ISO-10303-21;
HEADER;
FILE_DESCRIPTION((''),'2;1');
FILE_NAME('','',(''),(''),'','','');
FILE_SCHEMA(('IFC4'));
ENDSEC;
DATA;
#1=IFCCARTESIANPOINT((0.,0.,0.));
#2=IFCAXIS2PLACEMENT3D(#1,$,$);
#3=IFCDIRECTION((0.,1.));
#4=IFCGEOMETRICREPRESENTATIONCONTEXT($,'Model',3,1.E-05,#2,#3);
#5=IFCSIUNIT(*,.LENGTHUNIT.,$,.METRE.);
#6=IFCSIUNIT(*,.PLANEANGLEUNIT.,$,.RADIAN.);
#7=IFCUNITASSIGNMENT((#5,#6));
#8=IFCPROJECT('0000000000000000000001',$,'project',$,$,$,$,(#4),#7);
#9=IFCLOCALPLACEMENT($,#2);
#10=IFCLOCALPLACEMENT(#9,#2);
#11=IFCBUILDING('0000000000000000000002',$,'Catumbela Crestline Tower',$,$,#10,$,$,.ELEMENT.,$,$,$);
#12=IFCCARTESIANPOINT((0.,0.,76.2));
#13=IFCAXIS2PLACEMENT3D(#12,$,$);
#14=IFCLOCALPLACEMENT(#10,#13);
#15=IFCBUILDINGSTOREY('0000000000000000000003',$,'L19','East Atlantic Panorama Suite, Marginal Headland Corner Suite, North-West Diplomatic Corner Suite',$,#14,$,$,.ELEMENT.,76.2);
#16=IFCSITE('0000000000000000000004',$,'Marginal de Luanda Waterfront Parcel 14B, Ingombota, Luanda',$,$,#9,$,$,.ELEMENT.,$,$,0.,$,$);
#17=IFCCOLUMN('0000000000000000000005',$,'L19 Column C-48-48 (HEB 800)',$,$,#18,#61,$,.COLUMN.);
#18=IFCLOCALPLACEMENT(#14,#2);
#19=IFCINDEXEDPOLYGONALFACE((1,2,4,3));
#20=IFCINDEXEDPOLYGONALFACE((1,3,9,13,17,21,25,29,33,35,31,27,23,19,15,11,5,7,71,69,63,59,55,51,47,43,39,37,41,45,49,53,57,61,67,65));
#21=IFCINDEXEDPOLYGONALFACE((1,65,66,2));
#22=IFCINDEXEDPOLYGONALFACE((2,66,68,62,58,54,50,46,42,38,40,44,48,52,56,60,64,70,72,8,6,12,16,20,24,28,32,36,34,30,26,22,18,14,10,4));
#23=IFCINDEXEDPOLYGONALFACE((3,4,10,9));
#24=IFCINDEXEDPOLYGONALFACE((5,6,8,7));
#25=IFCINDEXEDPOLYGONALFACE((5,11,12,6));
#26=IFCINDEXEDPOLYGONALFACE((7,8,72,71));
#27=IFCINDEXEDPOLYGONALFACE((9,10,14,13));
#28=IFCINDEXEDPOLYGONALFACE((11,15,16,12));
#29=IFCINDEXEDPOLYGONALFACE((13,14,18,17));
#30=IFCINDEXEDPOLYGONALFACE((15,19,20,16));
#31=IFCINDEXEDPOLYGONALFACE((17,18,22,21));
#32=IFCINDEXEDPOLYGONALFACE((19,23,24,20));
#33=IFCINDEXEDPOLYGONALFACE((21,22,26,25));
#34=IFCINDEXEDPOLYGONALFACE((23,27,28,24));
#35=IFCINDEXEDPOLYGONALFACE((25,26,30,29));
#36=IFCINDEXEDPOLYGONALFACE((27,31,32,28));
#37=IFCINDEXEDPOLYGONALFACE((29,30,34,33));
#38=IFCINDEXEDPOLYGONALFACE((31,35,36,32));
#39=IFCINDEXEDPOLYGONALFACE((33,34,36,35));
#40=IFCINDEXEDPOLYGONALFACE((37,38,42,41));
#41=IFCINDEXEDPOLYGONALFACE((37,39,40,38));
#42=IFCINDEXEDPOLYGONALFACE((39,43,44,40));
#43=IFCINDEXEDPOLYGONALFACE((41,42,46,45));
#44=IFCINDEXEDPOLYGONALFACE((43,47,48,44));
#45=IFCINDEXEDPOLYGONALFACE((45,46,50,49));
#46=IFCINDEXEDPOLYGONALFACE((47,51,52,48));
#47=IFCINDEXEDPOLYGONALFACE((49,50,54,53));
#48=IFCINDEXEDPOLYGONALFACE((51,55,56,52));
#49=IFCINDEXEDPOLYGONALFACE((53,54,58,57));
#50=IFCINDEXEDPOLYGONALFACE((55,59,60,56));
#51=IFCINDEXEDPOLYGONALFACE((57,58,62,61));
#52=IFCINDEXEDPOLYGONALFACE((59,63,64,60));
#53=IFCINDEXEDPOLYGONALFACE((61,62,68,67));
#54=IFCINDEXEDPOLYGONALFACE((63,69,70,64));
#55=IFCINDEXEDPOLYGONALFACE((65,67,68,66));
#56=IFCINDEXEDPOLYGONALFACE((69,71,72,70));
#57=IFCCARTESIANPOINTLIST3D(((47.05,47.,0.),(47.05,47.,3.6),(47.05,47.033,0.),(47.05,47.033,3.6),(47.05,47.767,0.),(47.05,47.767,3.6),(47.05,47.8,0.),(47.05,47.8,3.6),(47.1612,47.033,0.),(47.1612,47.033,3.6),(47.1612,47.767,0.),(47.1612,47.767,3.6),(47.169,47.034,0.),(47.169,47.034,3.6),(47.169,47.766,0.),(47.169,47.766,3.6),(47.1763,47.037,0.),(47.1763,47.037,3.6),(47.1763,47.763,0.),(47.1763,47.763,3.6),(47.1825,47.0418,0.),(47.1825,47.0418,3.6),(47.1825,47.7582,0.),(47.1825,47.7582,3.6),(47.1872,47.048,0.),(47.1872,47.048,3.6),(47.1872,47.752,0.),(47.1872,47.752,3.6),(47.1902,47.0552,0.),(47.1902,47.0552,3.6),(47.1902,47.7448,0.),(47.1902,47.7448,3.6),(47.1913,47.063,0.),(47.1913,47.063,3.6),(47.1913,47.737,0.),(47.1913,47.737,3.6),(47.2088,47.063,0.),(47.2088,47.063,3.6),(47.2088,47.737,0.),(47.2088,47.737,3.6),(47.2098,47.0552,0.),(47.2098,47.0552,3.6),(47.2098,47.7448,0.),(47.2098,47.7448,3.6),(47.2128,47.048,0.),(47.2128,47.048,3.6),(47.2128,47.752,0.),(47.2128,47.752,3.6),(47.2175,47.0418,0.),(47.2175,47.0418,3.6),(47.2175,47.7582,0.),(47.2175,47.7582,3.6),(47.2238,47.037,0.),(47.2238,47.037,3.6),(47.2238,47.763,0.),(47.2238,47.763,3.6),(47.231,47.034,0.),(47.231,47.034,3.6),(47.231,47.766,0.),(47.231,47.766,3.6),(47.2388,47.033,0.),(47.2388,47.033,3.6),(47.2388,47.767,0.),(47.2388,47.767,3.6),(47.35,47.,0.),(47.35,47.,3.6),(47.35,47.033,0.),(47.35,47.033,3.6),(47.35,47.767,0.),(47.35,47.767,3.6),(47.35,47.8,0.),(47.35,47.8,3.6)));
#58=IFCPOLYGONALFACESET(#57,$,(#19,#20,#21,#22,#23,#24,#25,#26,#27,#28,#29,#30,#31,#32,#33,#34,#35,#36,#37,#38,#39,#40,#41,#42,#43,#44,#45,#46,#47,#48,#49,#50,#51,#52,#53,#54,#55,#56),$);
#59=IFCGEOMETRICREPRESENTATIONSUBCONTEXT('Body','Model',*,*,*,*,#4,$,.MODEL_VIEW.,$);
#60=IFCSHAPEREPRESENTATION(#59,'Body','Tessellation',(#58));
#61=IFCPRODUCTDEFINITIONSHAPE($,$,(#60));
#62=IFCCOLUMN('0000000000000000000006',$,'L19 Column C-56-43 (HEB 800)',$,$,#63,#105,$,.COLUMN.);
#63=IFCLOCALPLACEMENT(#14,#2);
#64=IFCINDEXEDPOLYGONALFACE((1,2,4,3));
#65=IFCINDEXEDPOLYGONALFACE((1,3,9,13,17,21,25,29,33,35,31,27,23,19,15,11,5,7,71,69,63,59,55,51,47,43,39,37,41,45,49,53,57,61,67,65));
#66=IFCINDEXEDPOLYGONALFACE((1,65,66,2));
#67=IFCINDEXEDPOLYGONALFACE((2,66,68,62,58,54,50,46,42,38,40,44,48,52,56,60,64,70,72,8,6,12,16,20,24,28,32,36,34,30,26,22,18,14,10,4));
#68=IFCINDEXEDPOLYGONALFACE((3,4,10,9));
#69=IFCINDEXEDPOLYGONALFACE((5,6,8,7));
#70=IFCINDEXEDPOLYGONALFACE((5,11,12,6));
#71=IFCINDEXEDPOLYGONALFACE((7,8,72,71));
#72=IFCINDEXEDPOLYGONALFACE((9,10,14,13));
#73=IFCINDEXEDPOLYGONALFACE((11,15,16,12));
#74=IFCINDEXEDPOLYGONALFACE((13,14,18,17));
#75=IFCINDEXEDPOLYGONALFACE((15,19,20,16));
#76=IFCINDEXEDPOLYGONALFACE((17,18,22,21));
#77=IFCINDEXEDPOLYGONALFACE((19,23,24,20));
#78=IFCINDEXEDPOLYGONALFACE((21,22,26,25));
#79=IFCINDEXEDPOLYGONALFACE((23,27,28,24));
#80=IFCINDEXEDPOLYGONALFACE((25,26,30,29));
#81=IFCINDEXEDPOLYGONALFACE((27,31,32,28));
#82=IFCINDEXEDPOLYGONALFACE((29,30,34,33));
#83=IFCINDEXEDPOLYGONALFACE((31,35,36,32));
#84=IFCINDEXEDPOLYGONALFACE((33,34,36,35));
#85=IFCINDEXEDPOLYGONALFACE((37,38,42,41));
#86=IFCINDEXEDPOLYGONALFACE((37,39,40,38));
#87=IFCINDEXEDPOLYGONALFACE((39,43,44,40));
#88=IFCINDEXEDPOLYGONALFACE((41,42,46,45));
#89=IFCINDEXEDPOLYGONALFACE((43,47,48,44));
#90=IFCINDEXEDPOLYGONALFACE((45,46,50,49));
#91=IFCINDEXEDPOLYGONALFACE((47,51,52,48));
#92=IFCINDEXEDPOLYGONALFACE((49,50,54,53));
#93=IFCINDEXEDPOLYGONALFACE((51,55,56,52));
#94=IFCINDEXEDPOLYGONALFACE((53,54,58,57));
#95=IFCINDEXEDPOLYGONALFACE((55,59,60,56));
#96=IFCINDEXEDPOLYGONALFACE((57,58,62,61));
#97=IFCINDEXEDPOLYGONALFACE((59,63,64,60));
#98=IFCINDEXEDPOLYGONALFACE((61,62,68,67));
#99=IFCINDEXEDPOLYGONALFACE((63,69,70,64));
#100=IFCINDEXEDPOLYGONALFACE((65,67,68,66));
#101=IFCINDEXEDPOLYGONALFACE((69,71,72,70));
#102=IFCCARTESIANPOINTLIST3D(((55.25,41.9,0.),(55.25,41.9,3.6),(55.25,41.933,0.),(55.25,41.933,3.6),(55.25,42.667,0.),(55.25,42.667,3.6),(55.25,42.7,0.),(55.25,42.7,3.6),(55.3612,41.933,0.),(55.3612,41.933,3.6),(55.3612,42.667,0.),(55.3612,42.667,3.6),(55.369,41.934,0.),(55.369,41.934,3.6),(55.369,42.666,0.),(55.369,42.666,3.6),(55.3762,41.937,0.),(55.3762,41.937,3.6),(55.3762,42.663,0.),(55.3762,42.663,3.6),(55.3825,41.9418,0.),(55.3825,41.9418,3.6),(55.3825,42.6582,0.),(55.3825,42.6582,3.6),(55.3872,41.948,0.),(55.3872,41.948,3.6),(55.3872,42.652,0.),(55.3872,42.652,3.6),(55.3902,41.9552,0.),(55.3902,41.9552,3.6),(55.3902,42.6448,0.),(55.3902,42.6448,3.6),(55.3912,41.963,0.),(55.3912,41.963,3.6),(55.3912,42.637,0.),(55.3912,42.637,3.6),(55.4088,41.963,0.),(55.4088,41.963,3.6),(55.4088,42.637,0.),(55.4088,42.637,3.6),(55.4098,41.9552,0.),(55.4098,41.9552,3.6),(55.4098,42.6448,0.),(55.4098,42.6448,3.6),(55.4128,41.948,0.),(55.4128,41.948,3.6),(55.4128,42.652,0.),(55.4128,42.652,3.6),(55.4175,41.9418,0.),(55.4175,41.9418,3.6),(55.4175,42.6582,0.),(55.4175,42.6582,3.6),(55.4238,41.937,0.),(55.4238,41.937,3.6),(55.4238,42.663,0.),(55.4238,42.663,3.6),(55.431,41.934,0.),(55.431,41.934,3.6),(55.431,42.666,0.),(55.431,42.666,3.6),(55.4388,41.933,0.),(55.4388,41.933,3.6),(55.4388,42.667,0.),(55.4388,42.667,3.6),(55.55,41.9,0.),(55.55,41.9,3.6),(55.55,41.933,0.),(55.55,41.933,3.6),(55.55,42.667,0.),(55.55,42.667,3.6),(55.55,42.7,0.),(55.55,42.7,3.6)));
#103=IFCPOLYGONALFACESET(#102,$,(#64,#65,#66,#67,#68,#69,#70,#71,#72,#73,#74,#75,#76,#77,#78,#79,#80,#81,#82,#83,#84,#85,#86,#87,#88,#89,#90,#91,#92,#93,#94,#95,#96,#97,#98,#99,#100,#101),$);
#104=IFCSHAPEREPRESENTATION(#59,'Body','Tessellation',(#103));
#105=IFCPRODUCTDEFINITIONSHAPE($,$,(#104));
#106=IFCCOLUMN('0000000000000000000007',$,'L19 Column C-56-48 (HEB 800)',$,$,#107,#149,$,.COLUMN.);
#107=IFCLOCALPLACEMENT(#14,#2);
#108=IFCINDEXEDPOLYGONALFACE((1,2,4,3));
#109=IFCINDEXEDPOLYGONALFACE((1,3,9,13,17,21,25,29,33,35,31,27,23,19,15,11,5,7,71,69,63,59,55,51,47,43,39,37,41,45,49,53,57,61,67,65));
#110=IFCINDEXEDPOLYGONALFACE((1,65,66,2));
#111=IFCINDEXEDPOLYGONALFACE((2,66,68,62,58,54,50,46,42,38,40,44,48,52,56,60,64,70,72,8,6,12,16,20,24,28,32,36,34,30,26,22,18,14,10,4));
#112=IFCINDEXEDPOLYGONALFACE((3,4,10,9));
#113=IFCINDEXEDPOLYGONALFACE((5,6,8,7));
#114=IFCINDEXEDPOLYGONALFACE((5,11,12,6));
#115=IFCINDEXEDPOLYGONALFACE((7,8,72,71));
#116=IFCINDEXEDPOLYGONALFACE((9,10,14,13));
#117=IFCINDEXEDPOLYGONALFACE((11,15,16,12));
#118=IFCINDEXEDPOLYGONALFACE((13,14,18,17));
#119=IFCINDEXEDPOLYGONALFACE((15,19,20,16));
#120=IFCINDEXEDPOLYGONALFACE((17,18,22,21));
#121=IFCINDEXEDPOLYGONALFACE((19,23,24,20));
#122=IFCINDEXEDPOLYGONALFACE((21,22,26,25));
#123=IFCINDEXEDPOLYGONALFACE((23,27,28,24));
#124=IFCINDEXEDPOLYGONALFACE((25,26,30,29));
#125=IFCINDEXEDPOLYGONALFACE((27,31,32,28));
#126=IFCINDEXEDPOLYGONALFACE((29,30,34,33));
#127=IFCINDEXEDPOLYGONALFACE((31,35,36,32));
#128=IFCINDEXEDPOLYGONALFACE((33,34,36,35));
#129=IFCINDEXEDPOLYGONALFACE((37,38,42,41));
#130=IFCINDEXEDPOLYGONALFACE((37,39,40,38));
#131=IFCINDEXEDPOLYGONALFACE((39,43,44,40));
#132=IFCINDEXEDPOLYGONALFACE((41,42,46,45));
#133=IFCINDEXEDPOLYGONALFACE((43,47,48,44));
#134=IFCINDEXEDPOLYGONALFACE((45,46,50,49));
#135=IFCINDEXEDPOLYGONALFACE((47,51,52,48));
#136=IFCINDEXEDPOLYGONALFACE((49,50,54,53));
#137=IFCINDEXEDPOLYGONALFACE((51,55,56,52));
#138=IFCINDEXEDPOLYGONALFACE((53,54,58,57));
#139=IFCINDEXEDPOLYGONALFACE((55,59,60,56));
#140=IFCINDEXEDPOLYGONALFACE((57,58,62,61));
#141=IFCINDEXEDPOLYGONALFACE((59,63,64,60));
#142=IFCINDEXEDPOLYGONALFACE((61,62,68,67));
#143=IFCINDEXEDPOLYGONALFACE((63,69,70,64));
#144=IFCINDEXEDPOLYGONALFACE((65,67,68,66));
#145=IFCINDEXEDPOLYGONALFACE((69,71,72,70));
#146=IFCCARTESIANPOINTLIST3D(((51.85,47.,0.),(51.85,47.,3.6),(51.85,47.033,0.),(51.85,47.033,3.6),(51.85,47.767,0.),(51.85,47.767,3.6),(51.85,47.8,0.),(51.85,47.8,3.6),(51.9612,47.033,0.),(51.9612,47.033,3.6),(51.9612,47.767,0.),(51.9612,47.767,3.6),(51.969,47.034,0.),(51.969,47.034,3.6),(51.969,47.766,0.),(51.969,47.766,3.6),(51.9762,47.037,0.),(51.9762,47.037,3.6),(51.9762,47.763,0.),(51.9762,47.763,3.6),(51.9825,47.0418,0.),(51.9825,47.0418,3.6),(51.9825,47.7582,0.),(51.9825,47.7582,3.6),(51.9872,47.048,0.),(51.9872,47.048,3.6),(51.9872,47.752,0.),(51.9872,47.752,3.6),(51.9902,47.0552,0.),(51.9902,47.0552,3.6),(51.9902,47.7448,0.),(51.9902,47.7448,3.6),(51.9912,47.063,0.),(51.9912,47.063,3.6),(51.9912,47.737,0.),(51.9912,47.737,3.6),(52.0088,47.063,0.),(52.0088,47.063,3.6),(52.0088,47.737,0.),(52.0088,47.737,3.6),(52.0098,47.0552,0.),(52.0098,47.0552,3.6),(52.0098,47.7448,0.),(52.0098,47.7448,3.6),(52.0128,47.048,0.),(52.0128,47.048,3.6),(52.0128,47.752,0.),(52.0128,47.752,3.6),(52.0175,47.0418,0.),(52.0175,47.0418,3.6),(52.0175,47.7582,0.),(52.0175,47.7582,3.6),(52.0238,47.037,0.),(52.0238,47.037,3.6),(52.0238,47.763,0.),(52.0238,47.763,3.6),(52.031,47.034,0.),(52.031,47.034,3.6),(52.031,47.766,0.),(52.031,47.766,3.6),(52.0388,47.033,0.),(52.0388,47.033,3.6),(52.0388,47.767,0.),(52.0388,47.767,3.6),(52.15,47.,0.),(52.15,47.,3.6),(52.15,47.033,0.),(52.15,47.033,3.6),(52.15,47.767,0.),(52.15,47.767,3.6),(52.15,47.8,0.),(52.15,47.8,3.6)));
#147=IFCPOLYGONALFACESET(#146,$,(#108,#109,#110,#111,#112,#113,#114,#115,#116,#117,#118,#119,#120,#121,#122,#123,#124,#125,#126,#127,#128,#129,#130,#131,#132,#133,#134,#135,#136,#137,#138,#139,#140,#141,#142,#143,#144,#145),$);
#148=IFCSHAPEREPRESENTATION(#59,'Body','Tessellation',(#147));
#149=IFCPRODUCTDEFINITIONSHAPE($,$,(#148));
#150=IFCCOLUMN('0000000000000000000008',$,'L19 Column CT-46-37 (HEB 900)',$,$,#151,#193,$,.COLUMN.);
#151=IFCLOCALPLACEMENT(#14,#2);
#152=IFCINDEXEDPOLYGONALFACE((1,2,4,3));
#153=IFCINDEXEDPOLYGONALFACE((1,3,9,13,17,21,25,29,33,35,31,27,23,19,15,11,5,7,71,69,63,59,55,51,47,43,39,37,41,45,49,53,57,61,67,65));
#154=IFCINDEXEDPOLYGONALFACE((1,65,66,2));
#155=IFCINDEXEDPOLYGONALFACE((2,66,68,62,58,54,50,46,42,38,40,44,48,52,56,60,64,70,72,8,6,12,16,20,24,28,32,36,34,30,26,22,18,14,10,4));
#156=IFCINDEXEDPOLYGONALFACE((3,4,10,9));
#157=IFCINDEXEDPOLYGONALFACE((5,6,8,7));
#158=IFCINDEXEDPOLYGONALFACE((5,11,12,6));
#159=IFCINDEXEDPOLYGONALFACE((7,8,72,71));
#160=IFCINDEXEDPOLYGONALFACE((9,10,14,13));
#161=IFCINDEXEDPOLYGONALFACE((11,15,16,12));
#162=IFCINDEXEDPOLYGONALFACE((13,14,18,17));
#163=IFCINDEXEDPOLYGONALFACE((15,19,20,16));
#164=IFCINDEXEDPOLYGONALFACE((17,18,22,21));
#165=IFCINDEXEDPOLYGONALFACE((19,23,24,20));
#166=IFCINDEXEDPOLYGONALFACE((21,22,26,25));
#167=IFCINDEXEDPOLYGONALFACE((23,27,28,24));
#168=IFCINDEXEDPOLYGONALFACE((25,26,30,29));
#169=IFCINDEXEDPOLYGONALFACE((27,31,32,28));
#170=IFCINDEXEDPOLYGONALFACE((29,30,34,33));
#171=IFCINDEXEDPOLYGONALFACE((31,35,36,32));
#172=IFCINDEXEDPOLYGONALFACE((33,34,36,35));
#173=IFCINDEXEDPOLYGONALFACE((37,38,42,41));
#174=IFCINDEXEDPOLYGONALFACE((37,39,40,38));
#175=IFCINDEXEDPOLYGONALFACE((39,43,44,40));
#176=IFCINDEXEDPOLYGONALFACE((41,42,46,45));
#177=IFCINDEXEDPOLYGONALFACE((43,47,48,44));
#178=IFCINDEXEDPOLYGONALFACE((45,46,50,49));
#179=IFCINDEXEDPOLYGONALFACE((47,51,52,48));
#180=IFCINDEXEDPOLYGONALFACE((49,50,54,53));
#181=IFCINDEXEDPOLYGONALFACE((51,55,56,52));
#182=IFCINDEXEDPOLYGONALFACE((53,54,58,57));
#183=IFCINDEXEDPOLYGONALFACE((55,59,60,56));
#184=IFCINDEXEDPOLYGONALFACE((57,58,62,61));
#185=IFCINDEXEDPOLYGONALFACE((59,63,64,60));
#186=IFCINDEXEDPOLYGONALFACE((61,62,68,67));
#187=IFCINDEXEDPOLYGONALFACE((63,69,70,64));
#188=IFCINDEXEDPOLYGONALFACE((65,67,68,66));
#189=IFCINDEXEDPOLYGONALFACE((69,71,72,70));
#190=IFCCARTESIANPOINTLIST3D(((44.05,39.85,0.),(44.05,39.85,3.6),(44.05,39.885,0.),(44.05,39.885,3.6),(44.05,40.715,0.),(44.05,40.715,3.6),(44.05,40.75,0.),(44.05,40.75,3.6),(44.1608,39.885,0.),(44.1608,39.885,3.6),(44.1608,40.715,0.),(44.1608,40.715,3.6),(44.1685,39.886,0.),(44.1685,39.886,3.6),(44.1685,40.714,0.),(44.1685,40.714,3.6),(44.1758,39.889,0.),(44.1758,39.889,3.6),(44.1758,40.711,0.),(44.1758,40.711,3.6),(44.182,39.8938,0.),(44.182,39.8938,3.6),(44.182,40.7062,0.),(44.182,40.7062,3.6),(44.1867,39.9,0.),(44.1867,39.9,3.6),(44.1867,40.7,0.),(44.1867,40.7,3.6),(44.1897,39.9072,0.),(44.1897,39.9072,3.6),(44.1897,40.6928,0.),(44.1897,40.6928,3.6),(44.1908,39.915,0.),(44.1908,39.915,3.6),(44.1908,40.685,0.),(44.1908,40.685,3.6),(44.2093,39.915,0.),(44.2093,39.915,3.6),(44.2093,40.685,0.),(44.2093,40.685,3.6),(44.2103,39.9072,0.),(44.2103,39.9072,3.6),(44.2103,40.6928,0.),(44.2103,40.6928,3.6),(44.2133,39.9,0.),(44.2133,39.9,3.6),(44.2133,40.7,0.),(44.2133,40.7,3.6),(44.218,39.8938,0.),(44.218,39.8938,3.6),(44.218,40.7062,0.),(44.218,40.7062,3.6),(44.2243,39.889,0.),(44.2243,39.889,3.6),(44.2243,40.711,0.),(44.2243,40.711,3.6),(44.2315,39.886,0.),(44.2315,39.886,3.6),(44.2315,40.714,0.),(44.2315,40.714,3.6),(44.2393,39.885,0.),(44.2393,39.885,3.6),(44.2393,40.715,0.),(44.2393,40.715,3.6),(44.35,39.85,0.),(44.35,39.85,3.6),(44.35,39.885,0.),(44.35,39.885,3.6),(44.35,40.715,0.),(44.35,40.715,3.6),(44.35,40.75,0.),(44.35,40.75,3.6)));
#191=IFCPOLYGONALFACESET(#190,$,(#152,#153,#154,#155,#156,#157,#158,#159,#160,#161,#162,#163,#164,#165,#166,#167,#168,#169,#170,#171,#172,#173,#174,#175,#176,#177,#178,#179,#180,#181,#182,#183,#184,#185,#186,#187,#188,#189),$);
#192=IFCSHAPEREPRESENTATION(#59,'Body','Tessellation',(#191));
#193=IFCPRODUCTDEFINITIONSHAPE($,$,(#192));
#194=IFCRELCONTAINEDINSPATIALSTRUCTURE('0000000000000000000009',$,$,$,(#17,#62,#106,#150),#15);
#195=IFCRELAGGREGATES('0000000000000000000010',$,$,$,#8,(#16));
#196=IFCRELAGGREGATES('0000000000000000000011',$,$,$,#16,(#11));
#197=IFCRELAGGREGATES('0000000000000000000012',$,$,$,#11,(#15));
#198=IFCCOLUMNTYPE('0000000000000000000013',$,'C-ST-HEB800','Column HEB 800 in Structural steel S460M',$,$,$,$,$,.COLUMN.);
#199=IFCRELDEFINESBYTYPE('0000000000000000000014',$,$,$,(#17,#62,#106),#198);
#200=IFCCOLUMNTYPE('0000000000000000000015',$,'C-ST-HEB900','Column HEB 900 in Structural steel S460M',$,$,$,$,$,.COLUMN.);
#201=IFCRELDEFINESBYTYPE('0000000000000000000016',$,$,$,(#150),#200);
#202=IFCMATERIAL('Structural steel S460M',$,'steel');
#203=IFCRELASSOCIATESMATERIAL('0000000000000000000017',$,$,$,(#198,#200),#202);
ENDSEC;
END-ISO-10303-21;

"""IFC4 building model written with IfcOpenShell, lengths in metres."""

from ifc_helpers import new_model, si_unit, direction, frame, origin, origin_2d, place, context, subcontext, project, spatial, i_section, extrude, material, material_profile, profile_set, type_object, element, save


model = new_model("IFC4")

# Units and contexts
model_context = context("Model", 3, precision=1e-05, world=origin(), true_north=direction((0.0, 1.0)))
body_context = subcontext(model_context, "Body", "Model", "MODEL_VIEW")
ifc_project = project(units=[si_unit("LENGTHUNIT", "METRE"), si_unit("PLANEANGLEUNIT", "RADIAN")], contexts=[model_context])

# Site, building, storey
site_placement = place(None, origin())
site = spatial("IfcSite", under=ifc_project, at=site_placement, Name="Marginal de Luanda Waterfront Parcel 14B, Ingombota, Luanda", CompositionType="ELEMENT", RefElevation=0.0)
building_placement = place(site_placement, origin())
building = spatial("IfcBuilding", under=site, at=building_placement, Name="Catumbela Crestline Tower", CompositionType="ELEMENT")
storey_placement = place(building_placement, frame((0.0, 0.0, 76.2)))
storey = spatial("IfcBuildingStorey", under=building, at=storey_placement, Name="L19", Description="East Atlantic Panorama Suite, Marginal Headland Corner Suite, North-West Diplomatic Corner Suite", CompositionType="ELEMENT", Elevation=76.2)

# Columns
ifc_material_1 = material(Name="Structural steel S460M", Category="steel")
ifc_material_profile_1 = material_profile(ifc_material_1, i_section(OverallWidth=0.3, OverallDepth=0.8, WebThickness=0.0175, FlangeThickness=0.033, FilletRadius=0.03, at=origin_2d()), Name="HEB 800")
ifc_profile_set_1 = profile_set([ifc_material_profile_1], Name="Structural steel S460M")
column_type_1 = type_object("IfcColumnType", Name="C-ST-HEB800", Description="Column HEB 800 in Structural steel S460M", PredefinedType="COLUMN", material=ifc_profile_set_1)
for number, where, z_axis, x_axis, name in (
    (1, (47.2, 47.4, 0.0), (0.0, 0.0, 1.0), (1.0, 0.0, 0.0), "L19 Column C-48-48 (HEB 800)"),
    (2, (55.4, 42.3, 0.0), (0.0, 0.0, 1.0), (1.0, 0.0, 0.0), "L19 Column C-56-43 (HEB 800)"),
    (3, (52.0, 47.4, 0.0), (0.0, 0.0, 1.0), (1.0, 0.0, 0.0), "L19 Column C-56-48 (HEB 800)"),
):
    element("IfcColumn", number, at=place(storey_placement, frame(where, z_axis=z_axis, x_axis=x_axis)), inside=storey, type_object=column_type_1, Name=name, PredefinedType="COLUMN", context=body_context, shape_type="SweptSolid", body=[
        extrude(i_section(OverallWidth=0.3, OverallDepth=0.8, WebThickness=0.0175, FlangeThickness=0.033, FilletRadius=0.03, at=origin_2d()), origin(), (0.0, 0.0, 1.0), 3.6),
    ])
ifc_material_profile_2 = material_profile(ifc_material_1, i_section(OverallWidth=0.3, OverallDepth=0.9, WebThickness=0.0185, FlangeThickness=0.035, FilletRadius=0.03, at=origin_2d()), Name="HEB 900")
ifc_profile_set_2 = profile_set([ifc_material_profile_2], Name="Structural steel S460M")
column_type_2 = type_object("IfcColumnType", Name="C-ST-HEB900", Description="Column HEB 900 in Structural steel S460M", PredefinedType="COLUMN", material=ifc_profile_set_2)
column_placement = place(storey_placement, frame((44.2, 40.3, 0.0), z_axis=(0.0, 0.0, 1.0), x_axis=(1.0, 0.0, 0.0)))
element("IfcColumn", 4, at=column_placement, inside=storey, type_object=column_type_2, Name="L19 Column CT-46-37 (HEB 900)", PredefinedType="COLUMN", context=body_context, shape_type="SweptSolid", body=[
    extrude(i_section(OverallWidth=0.3, OverallDepth=0.9, WebThickness=0.0185, FlangeThickness=0.035, FilletRadius=0.03, at=origin_2d()), origin(), (0.0, 0.0, 1.0), 3.6),
])

save(model, "model.ifc")
